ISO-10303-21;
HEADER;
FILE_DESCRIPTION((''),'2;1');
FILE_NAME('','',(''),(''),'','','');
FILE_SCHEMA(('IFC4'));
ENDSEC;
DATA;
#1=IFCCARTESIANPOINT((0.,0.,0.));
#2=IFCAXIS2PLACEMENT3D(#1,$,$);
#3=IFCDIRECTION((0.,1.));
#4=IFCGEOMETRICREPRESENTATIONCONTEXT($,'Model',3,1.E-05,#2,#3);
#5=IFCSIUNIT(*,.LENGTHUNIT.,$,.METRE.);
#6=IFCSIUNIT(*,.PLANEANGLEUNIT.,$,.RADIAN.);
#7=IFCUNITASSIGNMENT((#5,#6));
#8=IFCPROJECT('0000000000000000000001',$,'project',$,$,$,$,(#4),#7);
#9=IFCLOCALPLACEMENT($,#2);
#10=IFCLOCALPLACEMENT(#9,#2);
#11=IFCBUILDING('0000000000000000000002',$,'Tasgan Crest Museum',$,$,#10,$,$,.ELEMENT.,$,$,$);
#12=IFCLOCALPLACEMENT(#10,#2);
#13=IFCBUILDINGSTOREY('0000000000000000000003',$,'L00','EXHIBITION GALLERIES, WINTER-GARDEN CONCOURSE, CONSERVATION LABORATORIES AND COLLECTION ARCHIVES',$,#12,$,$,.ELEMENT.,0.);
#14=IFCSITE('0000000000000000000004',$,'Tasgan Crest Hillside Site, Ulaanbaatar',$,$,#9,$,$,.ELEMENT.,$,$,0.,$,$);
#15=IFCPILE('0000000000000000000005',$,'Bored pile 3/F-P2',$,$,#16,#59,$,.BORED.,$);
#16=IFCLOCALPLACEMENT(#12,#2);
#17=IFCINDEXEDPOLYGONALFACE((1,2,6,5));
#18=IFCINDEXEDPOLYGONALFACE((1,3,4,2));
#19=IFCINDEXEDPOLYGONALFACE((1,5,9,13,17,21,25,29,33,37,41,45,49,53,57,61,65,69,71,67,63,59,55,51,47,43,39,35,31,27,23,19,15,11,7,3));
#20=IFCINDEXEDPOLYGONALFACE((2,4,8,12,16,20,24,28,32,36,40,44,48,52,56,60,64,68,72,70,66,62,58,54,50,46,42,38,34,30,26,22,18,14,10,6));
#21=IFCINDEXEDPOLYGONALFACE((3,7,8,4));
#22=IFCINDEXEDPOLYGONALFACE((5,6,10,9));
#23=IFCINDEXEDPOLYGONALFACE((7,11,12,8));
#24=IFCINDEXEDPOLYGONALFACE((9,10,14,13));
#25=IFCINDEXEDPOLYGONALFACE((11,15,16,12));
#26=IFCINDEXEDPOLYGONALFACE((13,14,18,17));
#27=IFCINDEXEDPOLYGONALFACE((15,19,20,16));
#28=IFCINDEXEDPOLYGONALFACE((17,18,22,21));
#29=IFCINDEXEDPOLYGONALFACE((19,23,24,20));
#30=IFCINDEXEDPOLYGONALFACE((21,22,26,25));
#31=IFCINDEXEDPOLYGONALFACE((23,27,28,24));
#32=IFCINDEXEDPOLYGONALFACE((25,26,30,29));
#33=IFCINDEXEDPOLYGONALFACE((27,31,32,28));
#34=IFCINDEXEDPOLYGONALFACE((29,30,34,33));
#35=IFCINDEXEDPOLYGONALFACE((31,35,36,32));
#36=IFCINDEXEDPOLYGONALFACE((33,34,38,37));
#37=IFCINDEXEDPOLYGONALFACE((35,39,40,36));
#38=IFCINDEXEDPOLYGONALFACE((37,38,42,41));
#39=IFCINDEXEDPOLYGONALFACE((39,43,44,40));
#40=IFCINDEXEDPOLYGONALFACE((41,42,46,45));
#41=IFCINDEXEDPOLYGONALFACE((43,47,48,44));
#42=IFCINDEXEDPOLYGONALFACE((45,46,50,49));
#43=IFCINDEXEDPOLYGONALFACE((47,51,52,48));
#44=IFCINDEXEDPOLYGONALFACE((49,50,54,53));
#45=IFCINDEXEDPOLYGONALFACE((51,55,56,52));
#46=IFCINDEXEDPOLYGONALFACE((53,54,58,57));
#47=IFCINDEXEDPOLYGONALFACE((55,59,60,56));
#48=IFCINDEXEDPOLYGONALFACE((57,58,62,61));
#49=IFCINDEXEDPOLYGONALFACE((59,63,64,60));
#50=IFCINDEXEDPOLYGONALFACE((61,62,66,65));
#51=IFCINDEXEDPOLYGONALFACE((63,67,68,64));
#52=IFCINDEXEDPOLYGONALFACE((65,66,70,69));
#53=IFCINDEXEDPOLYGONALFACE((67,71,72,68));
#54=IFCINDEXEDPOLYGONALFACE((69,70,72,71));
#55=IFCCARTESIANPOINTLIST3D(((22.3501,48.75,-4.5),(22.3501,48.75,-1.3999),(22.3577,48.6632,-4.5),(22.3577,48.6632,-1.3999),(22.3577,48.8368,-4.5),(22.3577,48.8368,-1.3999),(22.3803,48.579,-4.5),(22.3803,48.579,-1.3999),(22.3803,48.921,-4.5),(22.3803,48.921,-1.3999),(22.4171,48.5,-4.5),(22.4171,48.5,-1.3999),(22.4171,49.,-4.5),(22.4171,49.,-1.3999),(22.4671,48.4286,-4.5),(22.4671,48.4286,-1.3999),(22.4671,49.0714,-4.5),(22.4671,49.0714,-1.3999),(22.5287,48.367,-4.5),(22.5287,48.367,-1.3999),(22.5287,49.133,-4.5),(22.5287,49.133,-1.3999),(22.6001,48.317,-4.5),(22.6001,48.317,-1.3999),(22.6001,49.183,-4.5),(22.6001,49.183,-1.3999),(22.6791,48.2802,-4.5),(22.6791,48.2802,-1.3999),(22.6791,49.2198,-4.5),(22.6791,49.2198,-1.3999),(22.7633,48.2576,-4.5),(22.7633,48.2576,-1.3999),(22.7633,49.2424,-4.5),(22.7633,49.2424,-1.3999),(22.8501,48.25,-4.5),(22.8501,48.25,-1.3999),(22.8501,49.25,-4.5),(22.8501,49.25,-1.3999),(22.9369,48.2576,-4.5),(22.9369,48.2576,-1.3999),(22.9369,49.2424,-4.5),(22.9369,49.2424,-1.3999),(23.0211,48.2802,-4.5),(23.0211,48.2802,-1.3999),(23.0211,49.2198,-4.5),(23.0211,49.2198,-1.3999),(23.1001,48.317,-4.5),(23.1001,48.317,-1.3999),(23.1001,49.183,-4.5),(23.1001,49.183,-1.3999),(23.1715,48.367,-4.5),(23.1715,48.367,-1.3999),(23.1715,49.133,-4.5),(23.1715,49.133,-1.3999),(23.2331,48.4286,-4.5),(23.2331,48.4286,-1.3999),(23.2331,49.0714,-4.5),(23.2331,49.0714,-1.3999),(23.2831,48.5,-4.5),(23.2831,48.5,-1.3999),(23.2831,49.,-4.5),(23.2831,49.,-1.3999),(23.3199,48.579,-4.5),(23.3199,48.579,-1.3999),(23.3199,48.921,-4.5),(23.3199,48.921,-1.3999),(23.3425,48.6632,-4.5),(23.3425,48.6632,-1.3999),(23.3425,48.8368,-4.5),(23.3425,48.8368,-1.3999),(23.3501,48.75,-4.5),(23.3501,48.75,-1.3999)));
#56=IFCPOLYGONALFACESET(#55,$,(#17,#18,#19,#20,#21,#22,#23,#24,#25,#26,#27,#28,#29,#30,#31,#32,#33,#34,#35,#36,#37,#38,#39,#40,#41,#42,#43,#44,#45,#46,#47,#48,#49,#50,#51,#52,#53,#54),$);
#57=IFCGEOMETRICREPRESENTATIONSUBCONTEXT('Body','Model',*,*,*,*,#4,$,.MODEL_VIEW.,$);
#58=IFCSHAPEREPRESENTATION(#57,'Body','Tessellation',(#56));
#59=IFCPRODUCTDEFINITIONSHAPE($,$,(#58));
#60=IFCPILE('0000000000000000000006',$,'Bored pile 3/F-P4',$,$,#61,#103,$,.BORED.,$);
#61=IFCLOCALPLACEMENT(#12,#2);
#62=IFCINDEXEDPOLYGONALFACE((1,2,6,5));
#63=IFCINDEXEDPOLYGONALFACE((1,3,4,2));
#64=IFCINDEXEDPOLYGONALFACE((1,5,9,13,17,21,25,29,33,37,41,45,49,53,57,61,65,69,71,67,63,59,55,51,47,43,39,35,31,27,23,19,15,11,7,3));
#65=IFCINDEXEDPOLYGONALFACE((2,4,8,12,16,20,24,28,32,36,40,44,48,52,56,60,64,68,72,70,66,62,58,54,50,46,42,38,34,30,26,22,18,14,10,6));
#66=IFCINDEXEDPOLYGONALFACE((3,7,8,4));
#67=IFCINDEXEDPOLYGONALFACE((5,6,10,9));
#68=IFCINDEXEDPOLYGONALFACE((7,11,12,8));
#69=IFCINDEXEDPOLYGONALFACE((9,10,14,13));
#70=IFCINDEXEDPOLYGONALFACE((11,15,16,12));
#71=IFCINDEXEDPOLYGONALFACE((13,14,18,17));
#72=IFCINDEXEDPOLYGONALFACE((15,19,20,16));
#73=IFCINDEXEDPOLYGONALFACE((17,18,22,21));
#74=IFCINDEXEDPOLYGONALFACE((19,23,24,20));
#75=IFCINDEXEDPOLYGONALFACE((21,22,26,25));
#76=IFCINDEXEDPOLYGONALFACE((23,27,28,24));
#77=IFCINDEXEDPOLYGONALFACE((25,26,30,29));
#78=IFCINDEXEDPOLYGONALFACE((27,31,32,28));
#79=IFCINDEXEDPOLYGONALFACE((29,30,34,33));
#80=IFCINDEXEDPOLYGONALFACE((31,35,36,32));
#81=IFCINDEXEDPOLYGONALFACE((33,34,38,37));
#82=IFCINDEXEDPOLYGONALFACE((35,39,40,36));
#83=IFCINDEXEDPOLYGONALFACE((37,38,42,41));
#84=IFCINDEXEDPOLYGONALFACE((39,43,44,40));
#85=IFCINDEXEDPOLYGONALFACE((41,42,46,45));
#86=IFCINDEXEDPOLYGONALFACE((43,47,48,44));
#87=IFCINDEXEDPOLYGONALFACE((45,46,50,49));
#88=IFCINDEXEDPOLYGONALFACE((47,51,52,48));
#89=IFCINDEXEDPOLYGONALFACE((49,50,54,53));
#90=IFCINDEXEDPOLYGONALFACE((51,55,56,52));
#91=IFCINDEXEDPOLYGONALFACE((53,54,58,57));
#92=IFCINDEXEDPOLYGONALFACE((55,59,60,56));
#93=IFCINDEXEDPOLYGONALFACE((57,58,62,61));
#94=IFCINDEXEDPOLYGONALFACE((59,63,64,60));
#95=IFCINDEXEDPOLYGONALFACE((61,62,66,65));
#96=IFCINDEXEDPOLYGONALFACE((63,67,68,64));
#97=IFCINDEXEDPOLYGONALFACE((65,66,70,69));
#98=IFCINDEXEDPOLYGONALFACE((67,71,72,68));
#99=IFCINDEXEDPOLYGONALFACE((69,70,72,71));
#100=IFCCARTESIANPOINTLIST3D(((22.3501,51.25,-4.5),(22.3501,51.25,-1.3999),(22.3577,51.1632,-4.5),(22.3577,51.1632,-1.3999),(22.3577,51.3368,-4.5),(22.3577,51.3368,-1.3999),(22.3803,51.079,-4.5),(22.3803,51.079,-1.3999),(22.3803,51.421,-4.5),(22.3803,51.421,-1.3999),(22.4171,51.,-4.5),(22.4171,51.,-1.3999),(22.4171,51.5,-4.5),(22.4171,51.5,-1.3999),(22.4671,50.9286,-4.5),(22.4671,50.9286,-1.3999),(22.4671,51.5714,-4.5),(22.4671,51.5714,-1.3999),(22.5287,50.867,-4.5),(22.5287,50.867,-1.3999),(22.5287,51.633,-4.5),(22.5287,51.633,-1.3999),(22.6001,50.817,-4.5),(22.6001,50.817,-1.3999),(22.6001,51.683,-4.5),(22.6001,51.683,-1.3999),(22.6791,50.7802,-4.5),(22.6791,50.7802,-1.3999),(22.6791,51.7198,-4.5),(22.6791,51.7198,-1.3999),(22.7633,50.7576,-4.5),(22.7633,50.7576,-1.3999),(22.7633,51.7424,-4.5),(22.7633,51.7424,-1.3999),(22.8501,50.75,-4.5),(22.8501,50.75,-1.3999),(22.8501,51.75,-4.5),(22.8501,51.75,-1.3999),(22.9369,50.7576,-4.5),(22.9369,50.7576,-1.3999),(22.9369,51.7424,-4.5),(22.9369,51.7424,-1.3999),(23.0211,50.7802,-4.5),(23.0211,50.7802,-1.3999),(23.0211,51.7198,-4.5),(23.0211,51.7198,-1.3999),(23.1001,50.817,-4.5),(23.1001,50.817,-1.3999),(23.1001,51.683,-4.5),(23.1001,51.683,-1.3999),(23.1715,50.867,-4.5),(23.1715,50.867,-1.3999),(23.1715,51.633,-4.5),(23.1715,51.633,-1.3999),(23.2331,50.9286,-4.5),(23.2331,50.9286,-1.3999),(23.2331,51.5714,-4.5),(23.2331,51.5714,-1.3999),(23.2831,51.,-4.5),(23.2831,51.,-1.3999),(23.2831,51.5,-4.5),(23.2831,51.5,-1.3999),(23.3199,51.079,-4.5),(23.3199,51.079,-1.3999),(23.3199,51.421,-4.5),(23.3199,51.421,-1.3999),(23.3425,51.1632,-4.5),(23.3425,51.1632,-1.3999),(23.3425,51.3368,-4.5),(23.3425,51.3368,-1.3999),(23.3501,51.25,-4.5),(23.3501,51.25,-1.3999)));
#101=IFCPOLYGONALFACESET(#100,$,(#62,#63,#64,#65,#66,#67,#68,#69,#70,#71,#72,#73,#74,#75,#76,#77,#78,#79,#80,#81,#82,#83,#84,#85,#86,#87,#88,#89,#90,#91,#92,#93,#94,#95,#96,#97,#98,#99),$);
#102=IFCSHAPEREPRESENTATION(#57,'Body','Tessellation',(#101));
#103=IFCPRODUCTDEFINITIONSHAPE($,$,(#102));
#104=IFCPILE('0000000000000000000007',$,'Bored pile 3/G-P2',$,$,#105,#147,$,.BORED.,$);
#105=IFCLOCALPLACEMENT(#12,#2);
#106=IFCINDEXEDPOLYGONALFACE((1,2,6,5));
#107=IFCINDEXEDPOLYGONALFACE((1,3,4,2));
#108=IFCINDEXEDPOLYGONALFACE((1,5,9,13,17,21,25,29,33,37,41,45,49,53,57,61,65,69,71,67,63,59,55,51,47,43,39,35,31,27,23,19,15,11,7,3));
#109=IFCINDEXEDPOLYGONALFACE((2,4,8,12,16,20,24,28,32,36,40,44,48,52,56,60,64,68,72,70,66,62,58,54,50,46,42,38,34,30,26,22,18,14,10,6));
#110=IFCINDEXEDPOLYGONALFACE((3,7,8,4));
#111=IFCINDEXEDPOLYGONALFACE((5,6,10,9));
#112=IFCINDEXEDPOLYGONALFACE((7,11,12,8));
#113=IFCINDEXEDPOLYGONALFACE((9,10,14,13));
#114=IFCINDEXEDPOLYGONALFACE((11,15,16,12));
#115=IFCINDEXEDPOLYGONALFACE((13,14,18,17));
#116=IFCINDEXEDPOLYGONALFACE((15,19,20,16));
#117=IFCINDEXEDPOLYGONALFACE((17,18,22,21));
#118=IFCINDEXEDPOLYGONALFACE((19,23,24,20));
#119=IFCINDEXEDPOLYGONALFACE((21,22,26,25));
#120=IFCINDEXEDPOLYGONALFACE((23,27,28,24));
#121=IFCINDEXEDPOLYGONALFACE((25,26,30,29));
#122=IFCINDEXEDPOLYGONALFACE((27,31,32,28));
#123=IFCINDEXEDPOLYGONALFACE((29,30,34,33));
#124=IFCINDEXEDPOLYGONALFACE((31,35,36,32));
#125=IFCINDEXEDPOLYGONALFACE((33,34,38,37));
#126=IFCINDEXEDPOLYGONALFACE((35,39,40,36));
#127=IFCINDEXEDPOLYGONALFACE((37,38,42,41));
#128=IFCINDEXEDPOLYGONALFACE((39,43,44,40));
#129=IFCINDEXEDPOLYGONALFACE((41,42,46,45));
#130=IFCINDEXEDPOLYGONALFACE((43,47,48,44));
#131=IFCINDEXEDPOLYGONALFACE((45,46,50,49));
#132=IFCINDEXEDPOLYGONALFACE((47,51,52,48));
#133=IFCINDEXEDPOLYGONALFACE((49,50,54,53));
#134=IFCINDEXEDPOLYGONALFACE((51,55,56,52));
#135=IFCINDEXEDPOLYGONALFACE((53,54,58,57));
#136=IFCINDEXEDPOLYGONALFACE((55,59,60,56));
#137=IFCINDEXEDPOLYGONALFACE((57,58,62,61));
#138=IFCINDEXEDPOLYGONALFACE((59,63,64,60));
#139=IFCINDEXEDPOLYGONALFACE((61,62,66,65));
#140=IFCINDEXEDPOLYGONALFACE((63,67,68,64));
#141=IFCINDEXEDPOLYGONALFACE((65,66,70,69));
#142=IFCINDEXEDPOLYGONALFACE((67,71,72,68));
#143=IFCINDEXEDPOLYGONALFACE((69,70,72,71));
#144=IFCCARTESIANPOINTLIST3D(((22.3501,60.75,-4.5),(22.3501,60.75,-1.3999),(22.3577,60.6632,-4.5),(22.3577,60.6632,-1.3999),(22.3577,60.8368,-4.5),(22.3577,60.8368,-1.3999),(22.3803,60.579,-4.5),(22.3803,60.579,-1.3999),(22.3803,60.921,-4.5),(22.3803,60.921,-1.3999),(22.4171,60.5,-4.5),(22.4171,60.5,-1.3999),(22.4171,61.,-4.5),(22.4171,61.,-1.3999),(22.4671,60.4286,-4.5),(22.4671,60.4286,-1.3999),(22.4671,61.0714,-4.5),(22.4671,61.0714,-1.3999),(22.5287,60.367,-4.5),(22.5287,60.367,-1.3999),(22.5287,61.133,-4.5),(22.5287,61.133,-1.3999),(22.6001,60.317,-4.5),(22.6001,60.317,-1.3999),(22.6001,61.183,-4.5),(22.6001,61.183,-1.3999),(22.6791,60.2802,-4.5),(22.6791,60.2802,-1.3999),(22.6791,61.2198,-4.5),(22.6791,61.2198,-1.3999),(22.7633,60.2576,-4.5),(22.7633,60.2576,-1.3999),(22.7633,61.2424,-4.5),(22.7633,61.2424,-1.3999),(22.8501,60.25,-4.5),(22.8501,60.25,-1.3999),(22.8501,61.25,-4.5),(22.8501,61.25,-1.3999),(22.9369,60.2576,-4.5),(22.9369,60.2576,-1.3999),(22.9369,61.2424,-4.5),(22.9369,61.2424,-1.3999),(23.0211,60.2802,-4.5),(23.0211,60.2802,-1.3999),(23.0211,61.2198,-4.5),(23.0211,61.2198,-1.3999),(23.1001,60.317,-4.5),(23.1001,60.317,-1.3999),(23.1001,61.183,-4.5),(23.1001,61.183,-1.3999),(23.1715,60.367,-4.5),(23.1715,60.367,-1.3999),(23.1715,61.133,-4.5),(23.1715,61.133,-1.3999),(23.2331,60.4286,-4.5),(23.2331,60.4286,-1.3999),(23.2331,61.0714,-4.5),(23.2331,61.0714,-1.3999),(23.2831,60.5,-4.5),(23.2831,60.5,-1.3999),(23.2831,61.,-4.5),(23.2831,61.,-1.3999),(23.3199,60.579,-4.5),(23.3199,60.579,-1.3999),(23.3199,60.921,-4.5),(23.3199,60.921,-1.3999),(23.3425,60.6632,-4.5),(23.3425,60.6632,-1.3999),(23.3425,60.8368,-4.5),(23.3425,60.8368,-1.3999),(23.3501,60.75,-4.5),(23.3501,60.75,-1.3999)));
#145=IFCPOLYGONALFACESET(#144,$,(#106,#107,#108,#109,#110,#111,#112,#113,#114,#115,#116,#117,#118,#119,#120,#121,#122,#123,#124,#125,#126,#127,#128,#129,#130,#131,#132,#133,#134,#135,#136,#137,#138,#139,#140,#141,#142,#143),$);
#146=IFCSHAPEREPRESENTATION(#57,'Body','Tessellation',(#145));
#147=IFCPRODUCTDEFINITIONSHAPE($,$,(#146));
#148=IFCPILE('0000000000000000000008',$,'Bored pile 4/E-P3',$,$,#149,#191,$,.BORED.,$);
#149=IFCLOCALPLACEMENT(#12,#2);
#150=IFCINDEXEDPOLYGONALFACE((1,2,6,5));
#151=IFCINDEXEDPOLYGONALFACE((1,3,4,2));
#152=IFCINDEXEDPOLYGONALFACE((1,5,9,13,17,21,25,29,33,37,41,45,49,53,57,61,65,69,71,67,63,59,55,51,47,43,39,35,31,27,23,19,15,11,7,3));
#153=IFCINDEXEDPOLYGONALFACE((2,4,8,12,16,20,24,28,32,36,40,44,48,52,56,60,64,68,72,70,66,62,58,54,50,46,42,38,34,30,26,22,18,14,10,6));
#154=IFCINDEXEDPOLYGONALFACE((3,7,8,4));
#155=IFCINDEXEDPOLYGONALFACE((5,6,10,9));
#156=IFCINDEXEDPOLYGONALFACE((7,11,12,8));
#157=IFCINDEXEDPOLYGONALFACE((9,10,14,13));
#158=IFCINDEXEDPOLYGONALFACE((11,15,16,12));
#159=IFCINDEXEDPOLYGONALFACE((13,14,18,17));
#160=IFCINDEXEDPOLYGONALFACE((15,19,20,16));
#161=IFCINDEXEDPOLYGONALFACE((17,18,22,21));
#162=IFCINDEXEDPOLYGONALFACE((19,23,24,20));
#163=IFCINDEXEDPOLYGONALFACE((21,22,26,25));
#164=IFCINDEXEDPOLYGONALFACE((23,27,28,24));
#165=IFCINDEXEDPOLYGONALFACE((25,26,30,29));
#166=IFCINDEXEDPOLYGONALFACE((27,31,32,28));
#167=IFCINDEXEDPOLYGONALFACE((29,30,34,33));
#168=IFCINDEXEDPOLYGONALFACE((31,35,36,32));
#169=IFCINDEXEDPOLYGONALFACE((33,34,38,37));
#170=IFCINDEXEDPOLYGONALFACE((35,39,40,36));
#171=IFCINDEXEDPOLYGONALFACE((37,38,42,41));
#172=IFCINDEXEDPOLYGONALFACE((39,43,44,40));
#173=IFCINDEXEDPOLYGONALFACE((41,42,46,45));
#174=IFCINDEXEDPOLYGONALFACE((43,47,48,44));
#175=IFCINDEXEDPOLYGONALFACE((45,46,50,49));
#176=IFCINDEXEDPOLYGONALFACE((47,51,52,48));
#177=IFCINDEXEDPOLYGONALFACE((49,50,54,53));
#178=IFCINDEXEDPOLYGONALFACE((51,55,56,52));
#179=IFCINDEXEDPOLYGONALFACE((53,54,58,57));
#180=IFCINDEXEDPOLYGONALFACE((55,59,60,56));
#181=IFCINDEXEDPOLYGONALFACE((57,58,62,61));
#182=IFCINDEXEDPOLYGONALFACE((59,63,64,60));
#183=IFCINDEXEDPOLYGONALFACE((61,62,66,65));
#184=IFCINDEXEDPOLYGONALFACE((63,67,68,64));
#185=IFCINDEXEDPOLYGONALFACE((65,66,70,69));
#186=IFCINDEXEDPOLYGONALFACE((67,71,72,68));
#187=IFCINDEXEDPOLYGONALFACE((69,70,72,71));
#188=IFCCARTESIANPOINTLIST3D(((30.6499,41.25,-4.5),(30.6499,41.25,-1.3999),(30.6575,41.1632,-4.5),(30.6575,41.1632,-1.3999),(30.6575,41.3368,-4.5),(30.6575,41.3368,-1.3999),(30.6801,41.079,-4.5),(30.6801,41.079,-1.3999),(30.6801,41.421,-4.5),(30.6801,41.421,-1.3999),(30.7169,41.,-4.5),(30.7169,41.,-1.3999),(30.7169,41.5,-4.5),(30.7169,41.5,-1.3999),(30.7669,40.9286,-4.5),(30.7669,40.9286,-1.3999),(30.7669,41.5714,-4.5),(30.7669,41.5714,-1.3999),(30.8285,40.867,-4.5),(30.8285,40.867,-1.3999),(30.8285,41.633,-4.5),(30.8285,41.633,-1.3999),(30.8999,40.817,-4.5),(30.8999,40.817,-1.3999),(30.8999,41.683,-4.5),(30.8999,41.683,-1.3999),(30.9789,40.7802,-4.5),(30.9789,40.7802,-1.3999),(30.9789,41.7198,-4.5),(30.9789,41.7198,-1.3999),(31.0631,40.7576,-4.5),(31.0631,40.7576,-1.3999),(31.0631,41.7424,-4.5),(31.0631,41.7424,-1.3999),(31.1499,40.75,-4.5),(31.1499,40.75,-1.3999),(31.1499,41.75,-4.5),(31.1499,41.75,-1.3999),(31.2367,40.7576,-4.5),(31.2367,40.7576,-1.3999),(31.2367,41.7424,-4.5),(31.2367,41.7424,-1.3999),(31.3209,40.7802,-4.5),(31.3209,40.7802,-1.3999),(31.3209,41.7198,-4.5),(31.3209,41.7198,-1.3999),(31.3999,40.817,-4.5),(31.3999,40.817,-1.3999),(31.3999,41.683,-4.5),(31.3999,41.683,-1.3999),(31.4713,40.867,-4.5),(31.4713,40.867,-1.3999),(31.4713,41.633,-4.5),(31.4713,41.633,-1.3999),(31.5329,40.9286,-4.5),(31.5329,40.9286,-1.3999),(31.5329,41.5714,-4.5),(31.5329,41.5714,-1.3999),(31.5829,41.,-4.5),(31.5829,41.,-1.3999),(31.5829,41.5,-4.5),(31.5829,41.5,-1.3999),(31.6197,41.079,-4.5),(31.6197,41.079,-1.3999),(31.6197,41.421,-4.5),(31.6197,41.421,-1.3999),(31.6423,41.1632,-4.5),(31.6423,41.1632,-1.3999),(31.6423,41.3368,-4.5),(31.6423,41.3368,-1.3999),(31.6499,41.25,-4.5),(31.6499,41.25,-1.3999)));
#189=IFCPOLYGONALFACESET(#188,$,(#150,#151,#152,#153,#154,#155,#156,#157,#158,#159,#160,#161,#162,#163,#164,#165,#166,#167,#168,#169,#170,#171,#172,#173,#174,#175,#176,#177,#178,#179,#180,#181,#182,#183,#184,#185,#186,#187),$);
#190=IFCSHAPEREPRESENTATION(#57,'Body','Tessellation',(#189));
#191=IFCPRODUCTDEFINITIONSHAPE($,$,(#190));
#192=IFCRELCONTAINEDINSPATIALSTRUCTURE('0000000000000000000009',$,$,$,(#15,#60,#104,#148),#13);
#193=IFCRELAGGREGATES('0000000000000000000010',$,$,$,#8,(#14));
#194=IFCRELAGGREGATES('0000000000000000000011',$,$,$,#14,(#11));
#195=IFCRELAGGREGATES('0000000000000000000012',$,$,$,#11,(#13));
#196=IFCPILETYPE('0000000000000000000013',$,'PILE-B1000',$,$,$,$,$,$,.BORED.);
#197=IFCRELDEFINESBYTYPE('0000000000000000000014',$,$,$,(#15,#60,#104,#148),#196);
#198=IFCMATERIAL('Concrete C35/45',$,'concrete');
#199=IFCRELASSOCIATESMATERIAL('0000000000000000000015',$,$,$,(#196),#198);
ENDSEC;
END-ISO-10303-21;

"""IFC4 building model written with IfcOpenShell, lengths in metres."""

from ifc_helpers import new_model, si_unit, direction, frame, origin, origin_2d, place, context, subcontext, project, spatial, circle, extrude, material, material_profile, profile_set, type_object, element, save


model = new_model("IFC4")

# Units and contexts
model_context = context("Model", 3, precision=1e-05, world=origin(), true_north=direction((0.0, 1.0)))
body_context = subcontext(model_context, "Body", "Model", "MODEL_VIEW")
ifc_project = project(units=[si_unit("LENGTHUNIT", "METRE"), si_unit("PLANEANGLEUNIT", "RADIAN")], contexts=[model_context])

# Site, building, storey
site_placement = place(None, origin())
site = spatial("IfcSite", under=ifc_project, at=site_placement, Name="Tasgan Crest Hillside Site, Ulaanbaatar", CompositionType="ELEMENT", RefElevation=0.0)
building_placement = place(site_placement, origin())
building = spatial("IfcBuilding", under=site, at=building_placement, Name="Tasgan Crest Museum", CompositionType="ELEMENT")
storey_placement = place(building_placement, origin())
storey = spatial("IfcBuildingStorey", under=building, at=storey_placement, Name="L00", Description="EXHIBITION GALLERIES, WINTER-GARDEN CONCOURSE, CONSERVATION LABORATORIES AND COLLECTION ARCHIVES", CompositionType="ELEMENT", Elevation=0.0)

# Piles
ifc_material_1 = material(Name="Concrete C35/45", Category="concrete")
ifc_material_profile_1 = material_profile(ifc_material_1, circle(Radius=0.5, at=origin_2d()), Name="PILE D1000")
ifc_profile_set_1 = profile_set([ifc_material_profile_1], Name="Concrete C35/45")
pile_type_1 = type_object("IfcPileType", Name="PILE-B1000", PredefinedType="BORED", material=ifc_profile_set_1)
for number, where, z_axis, x_axis, name in (
    (1, (22.8501, 48.75, -1.3999), (0.0, 0.0, -1.0), (1.0, 0.0, 0.0), "Bored pile 3/F-P2"),
    (2, (22.8501, 51.25, -1.3999), (0.0, 0.0, -1.0), (1.0, 0.0, 0.0), "Bored pile 3/F-P4"),
    (3, (22.8501, 60.75, -1.3999), (0.0, 0.0, -1.0), (1.0, 0.0, 0.0), "Bored pile 3/G-P2"),
    (4, (31.1499, 41.25, -1.3999), (0.0, 0.0, -1.0), (1.0, 0.0, 0.0), "Bored pile 4/E-P3"),
):
    element("IfcPile", number, at=place(storey_placement, frame(where, z_axis=z_axis, x_axis=x_axis)), inside=storey, type_object=pile_type_1, Name=name, PredefinedType="BORED", context=body_context, shape_type="SweptSolid", body=[
        extrude(circle(Radius=0.5, at=origin_2d()), origin(), (0.0, 0.0, 1.0), 3.1001),
    ])

save(model, "model.ifc")
